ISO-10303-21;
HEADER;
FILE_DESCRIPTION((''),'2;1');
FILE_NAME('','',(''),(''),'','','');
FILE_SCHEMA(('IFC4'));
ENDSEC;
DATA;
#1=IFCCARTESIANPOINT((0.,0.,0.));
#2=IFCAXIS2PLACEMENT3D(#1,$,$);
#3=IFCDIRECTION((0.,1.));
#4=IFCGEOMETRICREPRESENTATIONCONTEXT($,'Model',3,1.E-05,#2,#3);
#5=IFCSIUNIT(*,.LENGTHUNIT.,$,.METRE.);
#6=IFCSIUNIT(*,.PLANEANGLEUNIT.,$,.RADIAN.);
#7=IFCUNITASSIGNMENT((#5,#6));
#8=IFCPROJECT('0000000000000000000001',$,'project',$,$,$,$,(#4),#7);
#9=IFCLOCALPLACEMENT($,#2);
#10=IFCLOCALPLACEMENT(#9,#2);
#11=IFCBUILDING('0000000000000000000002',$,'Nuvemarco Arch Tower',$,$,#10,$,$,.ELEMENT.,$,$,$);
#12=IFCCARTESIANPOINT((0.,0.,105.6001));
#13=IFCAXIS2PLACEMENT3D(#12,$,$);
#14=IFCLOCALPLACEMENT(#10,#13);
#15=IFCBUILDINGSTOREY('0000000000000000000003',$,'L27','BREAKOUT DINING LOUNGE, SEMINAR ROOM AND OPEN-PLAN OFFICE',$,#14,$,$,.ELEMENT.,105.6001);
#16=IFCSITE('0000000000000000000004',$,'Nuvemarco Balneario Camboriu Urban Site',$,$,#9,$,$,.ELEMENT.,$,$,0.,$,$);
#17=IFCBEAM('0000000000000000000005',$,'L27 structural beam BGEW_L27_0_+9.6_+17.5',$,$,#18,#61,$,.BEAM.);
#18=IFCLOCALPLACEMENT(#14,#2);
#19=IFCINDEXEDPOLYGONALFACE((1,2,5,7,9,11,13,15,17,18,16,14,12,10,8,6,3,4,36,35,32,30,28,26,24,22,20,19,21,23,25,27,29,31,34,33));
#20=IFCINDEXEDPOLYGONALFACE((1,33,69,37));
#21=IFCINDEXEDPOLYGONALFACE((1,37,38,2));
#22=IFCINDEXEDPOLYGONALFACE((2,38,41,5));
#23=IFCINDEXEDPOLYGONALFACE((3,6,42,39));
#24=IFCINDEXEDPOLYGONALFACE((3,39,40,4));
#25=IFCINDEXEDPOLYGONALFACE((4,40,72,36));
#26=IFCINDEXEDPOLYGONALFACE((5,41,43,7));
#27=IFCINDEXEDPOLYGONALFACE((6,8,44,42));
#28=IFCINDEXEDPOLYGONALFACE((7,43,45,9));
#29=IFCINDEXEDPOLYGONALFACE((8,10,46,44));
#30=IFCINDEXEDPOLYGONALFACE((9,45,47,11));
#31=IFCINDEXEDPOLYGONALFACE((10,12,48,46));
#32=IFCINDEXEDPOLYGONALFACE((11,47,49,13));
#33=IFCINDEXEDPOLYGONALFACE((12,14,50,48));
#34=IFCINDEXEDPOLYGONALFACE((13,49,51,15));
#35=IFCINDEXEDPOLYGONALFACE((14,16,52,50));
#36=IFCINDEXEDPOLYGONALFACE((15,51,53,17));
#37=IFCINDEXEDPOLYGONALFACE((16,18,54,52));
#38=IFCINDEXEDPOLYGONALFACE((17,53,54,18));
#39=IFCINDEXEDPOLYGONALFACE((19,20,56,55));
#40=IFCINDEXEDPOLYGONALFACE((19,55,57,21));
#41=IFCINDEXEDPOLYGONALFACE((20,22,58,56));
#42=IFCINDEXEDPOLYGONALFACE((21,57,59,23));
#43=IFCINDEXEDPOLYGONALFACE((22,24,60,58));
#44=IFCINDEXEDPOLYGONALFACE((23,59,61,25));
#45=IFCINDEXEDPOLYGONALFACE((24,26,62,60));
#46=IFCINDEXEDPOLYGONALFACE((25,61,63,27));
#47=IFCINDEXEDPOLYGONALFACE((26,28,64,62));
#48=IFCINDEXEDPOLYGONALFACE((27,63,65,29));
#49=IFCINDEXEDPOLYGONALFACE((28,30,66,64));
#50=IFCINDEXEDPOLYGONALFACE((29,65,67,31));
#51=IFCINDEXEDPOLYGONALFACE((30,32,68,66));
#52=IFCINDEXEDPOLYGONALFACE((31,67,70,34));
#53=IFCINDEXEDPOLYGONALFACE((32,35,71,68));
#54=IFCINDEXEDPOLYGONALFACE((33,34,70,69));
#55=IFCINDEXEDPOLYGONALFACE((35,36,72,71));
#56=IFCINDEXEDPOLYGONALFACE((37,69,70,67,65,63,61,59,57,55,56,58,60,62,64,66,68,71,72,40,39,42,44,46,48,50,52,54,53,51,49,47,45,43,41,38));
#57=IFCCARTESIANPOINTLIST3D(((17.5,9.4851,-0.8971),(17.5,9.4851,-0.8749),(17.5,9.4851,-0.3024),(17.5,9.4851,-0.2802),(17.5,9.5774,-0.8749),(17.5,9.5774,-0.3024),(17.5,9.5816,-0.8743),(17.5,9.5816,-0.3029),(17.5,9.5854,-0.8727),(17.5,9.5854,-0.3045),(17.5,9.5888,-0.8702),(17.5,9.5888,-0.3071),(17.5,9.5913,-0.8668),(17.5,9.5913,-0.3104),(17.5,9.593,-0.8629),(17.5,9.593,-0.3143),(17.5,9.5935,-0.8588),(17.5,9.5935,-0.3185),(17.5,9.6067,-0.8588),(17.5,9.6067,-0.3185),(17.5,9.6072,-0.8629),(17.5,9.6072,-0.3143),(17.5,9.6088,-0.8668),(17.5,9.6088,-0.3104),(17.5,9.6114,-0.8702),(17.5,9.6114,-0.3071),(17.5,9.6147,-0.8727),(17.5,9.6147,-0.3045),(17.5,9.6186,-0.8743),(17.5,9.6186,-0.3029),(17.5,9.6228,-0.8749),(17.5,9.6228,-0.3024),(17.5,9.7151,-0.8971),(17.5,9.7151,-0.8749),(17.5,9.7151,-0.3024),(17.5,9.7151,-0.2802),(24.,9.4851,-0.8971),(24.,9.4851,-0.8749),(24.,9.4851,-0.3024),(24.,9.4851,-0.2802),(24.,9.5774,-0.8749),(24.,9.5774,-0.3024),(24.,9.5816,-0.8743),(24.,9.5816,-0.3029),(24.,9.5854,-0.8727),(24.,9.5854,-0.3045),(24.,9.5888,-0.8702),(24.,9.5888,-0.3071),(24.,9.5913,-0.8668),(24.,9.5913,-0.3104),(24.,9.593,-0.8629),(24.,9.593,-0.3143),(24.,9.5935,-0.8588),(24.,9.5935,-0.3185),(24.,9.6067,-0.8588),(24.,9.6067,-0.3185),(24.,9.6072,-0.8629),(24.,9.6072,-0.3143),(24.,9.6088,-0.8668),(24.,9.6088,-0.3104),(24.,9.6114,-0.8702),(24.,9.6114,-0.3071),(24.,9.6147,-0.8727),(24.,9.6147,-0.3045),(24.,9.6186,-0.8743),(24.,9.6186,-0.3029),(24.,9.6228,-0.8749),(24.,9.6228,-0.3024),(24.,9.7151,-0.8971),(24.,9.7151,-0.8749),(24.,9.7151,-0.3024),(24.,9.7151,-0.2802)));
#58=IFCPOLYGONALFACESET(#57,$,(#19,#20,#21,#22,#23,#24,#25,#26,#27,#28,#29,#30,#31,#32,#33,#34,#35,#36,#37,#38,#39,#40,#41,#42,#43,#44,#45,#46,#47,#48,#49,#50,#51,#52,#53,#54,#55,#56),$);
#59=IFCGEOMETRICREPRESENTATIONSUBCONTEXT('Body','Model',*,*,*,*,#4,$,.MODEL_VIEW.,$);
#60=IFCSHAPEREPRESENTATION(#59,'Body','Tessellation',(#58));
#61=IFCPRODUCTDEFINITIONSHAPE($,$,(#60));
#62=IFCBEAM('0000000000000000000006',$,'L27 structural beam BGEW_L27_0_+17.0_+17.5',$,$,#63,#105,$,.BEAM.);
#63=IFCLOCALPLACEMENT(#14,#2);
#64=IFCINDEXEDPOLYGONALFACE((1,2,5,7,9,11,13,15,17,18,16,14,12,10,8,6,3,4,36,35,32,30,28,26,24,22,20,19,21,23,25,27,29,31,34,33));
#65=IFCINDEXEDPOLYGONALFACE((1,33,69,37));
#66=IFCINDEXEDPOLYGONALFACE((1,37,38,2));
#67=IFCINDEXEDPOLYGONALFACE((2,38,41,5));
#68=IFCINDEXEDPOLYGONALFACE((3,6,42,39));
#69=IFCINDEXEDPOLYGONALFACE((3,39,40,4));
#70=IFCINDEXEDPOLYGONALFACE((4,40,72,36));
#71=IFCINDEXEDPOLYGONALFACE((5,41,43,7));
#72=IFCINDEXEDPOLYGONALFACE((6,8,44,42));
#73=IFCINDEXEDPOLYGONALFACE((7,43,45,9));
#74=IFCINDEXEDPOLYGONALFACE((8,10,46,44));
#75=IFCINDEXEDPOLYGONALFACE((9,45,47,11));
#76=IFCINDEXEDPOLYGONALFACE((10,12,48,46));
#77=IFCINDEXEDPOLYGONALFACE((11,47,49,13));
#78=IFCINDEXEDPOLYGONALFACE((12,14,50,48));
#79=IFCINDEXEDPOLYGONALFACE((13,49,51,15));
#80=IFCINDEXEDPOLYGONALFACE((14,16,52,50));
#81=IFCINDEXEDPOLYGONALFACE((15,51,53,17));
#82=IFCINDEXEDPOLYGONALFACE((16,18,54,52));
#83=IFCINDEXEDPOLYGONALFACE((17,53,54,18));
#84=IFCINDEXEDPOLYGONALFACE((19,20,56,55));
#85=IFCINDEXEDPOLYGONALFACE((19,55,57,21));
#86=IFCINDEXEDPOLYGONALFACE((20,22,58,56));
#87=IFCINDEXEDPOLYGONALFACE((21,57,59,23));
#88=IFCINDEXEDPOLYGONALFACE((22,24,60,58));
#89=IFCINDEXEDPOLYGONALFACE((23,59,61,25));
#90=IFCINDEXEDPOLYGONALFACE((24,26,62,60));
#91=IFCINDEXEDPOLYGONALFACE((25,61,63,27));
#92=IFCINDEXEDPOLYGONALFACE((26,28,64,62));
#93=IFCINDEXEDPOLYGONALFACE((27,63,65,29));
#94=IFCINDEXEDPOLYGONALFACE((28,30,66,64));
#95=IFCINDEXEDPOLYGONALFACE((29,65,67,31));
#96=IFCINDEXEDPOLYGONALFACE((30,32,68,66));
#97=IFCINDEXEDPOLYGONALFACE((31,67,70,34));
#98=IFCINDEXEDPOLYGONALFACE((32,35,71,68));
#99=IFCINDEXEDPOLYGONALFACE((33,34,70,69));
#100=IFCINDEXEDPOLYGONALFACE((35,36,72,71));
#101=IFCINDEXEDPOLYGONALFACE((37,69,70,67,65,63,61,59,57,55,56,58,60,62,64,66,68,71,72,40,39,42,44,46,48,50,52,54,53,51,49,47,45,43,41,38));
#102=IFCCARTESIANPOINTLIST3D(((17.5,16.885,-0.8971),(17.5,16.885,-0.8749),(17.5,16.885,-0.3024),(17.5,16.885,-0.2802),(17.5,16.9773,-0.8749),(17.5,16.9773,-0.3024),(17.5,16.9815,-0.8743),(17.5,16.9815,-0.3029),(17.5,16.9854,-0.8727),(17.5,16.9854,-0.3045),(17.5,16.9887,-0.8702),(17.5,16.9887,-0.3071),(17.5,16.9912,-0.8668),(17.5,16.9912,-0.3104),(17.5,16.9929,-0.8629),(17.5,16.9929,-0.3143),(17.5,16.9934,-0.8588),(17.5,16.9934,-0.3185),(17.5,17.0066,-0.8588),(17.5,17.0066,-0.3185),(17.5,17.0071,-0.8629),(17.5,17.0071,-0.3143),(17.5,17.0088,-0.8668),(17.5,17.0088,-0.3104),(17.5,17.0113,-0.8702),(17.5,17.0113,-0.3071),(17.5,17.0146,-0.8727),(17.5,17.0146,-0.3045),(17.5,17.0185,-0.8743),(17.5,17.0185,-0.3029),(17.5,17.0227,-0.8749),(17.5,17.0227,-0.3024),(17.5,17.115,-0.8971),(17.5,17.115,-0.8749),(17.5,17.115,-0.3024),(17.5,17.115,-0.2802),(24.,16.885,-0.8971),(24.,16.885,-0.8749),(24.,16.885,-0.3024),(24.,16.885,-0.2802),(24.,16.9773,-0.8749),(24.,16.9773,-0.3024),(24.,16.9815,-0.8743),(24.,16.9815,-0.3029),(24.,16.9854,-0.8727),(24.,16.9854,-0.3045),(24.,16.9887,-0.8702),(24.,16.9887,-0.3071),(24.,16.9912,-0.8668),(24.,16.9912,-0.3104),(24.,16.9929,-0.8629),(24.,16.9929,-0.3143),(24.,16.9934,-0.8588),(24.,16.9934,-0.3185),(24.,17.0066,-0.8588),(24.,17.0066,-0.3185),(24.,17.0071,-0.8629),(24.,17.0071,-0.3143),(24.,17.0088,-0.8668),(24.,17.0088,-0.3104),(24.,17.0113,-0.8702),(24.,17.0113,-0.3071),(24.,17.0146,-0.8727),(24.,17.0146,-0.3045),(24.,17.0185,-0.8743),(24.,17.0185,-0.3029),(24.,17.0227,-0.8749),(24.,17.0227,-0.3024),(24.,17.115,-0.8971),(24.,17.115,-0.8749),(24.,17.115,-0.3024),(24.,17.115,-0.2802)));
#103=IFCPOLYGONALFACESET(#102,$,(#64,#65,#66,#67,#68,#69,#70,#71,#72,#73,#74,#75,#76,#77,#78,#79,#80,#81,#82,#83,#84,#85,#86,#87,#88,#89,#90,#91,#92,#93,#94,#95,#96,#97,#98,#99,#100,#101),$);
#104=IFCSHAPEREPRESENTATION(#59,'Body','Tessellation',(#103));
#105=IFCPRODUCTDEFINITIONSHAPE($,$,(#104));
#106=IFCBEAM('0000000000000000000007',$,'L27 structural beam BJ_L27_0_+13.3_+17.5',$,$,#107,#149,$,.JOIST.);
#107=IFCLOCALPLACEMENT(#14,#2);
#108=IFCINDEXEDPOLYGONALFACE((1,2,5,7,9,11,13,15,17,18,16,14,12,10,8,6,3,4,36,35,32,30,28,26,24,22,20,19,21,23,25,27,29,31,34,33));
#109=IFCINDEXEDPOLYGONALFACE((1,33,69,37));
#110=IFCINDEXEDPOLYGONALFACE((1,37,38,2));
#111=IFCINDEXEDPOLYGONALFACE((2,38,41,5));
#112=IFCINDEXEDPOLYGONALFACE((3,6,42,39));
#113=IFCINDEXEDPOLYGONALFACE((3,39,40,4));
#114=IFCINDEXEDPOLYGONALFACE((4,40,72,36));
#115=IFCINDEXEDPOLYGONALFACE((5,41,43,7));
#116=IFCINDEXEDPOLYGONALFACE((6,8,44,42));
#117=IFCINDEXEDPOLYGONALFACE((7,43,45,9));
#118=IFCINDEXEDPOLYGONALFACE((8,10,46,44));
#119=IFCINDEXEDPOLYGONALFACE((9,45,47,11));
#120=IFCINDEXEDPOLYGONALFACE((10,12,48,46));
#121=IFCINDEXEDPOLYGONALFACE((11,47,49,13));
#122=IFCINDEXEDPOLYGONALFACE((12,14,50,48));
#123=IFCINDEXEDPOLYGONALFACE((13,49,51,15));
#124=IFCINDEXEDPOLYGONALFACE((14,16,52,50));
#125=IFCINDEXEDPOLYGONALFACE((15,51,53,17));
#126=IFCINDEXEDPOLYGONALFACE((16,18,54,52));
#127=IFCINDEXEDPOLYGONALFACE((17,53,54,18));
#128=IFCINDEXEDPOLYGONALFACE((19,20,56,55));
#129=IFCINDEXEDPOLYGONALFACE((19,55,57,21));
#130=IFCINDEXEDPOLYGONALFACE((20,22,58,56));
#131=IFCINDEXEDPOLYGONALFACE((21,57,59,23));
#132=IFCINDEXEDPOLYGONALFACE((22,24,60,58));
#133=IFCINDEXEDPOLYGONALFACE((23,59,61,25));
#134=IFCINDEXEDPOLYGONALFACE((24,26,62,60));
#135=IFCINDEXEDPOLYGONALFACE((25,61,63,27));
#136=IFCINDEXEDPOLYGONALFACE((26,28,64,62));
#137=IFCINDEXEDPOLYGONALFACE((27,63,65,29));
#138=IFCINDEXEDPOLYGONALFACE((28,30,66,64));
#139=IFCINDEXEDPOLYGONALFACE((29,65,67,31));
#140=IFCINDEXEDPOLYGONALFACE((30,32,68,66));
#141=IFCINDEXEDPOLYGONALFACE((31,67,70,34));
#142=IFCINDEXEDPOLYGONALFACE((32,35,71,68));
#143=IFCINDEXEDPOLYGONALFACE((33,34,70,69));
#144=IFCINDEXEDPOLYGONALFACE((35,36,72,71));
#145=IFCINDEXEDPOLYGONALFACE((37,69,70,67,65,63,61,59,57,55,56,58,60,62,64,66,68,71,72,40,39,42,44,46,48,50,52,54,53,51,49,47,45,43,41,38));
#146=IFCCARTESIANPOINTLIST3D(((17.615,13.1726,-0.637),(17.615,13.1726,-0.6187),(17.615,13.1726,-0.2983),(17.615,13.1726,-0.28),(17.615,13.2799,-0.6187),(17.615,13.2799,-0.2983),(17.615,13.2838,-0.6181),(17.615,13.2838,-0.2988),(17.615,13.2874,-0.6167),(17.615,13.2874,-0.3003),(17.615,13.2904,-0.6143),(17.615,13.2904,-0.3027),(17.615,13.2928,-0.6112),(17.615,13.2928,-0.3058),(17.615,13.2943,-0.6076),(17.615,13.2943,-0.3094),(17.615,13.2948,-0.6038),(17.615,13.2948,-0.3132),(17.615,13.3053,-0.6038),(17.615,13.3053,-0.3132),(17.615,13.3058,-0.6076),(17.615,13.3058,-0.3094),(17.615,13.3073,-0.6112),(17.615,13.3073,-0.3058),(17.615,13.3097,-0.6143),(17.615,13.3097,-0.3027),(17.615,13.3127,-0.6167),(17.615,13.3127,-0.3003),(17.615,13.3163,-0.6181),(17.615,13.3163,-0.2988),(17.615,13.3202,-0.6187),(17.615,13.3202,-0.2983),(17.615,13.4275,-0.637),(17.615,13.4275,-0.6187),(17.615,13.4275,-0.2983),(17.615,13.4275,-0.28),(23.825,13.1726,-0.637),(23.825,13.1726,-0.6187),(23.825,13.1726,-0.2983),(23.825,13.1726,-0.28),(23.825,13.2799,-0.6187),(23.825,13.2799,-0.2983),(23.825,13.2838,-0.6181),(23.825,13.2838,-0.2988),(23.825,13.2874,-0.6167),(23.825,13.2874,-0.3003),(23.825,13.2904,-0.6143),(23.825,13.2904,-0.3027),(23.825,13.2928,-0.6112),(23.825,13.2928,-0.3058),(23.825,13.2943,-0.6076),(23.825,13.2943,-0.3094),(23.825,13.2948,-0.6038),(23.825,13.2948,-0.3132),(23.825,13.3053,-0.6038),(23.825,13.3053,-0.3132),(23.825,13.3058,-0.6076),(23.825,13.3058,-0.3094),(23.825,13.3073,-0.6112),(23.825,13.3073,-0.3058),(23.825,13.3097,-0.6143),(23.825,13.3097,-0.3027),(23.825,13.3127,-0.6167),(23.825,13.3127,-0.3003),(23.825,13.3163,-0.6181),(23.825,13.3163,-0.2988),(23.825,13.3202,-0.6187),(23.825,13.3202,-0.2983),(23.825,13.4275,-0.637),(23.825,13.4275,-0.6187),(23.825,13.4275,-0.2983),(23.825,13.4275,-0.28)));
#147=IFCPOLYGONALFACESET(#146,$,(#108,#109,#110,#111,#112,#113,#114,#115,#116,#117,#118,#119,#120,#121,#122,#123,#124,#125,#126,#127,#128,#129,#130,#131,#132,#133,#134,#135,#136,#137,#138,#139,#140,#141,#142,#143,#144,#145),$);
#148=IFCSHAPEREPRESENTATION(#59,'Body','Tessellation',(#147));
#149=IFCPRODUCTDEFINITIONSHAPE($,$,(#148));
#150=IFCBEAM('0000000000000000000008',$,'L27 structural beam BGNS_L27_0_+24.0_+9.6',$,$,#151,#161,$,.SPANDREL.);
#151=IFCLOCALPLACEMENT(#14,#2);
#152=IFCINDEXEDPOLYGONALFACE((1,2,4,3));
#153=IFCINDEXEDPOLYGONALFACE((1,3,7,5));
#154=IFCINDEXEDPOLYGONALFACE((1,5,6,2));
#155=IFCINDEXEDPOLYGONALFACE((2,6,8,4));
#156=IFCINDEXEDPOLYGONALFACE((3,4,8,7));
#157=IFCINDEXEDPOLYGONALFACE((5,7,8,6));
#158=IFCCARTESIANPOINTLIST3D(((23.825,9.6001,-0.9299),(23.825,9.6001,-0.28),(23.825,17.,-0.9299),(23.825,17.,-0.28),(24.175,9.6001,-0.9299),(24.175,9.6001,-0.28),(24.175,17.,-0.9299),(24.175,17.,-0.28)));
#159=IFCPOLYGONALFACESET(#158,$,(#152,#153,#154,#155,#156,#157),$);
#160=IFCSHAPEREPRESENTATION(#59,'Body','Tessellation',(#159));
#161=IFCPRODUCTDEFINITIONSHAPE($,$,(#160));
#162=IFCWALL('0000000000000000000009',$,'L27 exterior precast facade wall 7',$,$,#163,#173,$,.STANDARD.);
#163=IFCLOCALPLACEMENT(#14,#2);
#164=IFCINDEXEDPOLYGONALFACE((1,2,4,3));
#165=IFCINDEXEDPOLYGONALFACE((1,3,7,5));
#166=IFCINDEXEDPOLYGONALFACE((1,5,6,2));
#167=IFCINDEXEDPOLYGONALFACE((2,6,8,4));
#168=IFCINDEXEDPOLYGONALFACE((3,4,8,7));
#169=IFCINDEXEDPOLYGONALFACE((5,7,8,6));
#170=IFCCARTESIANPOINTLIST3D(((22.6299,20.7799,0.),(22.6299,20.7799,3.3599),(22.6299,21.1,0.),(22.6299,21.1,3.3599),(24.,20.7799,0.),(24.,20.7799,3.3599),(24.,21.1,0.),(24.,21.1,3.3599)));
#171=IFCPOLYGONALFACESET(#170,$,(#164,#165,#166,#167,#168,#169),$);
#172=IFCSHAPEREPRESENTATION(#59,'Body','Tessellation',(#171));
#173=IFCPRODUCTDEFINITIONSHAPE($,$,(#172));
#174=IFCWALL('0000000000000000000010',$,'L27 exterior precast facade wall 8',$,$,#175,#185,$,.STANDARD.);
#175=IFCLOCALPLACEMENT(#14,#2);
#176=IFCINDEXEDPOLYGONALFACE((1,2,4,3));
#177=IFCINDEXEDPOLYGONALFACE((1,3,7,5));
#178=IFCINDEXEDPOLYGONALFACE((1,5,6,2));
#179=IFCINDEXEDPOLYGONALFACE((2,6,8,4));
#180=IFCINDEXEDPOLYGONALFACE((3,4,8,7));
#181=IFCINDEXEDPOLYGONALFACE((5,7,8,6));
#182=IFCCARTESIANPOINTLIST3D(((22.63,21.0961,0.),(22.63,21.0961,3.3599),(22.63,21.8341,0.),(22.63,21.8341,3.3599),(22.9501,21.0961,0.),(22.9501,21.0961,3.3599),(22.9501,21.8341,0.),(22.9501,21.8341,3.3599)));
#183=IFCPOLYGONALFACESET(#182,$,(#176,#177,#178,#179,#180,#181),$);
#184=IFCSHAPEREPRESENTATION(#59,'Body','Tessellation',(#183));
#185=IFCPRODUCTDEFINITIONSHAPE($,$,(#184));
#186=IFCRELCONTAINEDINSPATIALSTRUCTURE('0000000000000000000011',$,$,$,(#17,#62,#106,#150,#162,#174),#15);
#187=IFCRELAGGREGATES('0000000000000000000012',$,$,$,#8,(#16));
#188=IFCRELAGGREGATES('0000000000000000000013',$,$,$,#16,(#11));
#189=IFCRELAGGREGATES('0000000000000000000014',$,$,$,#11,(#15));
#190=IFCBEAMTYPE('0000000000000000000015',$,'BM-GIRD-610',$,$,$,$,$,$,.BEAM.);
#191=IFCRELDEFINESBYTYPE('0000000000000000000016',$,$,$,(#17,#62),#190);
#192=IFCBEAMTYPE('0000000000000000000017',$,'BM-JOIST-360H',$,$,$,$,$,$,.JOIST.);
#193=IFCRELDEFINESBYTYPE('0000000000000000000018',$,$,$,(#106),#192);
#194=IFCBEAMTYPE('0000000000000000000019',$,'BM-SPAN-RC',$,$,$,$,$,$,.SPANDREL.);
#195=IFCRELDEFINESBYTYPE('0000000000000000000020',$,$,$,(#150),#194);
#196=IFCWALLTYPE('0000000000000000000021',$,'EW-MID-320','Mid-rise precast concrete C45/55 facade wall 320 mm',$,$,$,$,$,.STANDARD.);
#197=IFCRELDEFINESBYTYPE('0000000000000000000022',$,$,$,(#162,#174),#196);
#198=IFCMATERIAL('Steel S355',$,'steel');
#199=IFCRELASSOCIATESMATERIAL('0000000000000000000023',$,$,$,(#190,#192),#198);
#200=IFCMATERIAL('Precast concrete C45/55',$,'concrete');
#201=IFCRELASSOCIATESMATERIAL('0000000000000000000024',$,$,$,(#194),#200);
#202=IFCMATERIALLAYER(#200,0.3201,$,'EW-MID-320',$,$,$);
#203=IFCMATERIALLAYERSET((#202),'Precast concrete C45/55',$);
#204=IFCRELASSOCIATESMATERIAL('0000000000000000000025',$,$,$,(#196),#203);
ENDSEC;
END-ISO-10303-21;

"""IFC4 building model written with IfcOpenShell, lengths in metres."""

from ifc_helpers import new_model, si_unit, direction, frame, frame_2d, origin, origin_2d, place, context, subcontext, project, spatial, rectangle, i_section, extrude, material, layer, layer_set, material_profile, profile_set, type_object, element, save


model = new_model("IFC4")

# Units and contexts
model_context = context("Model", 3, precision=1e-05, world=origin(), true_north=direction((0.0, 1.0)))
body_context = subcontext(model_context, "Body", "Model", "MODEL_VIEW")
ifc_project = project(units=[si_unit("LENGTHUNIT", "METRE"), si_unit("PLANEANGLEUNIT", "RADIAN")], contexts=[model_context])

# Site, building, storey
site_placement = place(None, origin())
site = spatial("IfcSite", under=ifc_project, at=site_placement, Name="Nuvemarco Balneario Camboriu Urban Site", CompositionType="ELEMENT", RefElevation=0.0)
building_placement = place(site_placement, origin())
building = spatial("IfcBuilding", under=site, at=building_placement, Name="Nuvemarco Arch Tower", CompositionType="ELEMENT")
storey_placement = place(building_placement, frame((0.0, 0.0, 105.6001)))
storey = spatial("IfcBuildingStorey", under=building, at=storey_placement, Name="L27", Description="BREAKOUT DINING LOUNGE, SEMINAR ROOM AND OPEN-PLAN OFFICE", CompositionType="ELEMENT", Elevation=105.6001)

# Shared definitions
ifc_material_1 = material(Name="Steel S355", Category="steel")

# Beams
ifc_material_profile_1 = material_profile(ifc_material_1, i_section(OverallWidth=0.23, OverallDepth=0.6169, WebThickness=0.0132, FlangeThickness=0.0222, FilletRadius=0.0161, at=origin_2d()), Name="W610x140")
ifc_profile_set_1 = profile_set([ifc_material_profile_1], Name="Steel S355")
beam_type_1 = type_object("IfcBeamType", Name="BM-GIRD-610", PredefinedType="BEAM", material=ifc_profile_set_1)
for number, where, z_axis, x_axis, name in (
    (1, (17.5, 9.6001, -0.5886), (1.0, 0.0, 0.0), (0.0, 1.0, 0.0), "L27 structural beam BGEW_L27_0_+9.6_+17.5"),
    (2, (17.5, 17.0, -0.5886), (1.0, 0.0, 0.0), (0.0, 1.0, 0.0), "L27 structural beam BGEW_L27_0_+17.0_+17.5"),
):
    element("IfcBeam", number, at=place(storey_placement, frame(where, z_axis=z_axis, x_axis=x_axis)), inside=storey, type_object=beam_type_1, Name=name, PredefinedType="BEAM", context=body_context, shape_type="SweptSolid", body=[
        extrude(i_section(OverallWidth=0.23, OverallDepth=0.6169, WebThickness=0.0132, FlangeThickness=0.0222, FilletRadius=0.0161, at=origin_2d()), origin(), (0.0, 0.0, 1.0), 6.5),
    ])
ifc_material_profile_2 = material_profile(ifc_material_1, i_section(OverallWidth=0.2549, OverallDepth=0.3569, WebThickness=0.0105, FlangeThickness=0.0183, FilletRadius=0.0149, at=origin_2d()), Name="W360x101")
ifc_profile_set_2 = profile_set([ifc_material_profile_2], Name="Steel S355")
beam_type_2 = type_object("IfcBeamType", Name="BM-JOIST-360H", PredefinedType="JOIST", material=ifc_profile_set_2)
beam_1_placement = place(storey_placement, frame((17.615, 13.3, -0.4585), z_axis=(1.0, 0.0, 0.0), x_axis=(0.0, 1.0, 0.0)))
element("IfcBeam", 3, at=beam_1_placement, inside=storey, type_object=beam_type_2, Name="L27 structural beam BJ_L27_0_+13.3_+17.5", PredefinedType="JOIST", context=body_context, shape_type="SweptSolid", body=[
    extrude(i_section(OverallWidth=0.2549, OverallDepth=0.3569, WebThickness=0.0105, FlangeThickness=0.0183, FilletRadius=0.0149, at=origin_2d()), origin(), (0.0, 0.0, 1.0), 6.21),
])
ifc_material_2 = material(Name="Precast concrete C45/55", Category="concrete")
ifc_material_profile_3 = material_profile(ifc_material_2, rectangle(XDim=0.3501, YDim=0.6499, at=origin_2d()), Name="PC-SP-350x650")
ifc_profile_set_3 = profile_set([ifc_material_profile_3], Name="Precast concrete C45/55")
beam_type_3 = type_object("IfcBeamType", Name="BM-SPAN-RC", PredefinedType="SPANDREL", material=ifc_profile_set_3)
beam_2_placement = place(storey_placement, frame((24.0, 9.6001, -0.605), z_axis=(0.0, 1.0, 0.0), x_axis=(-1.0, 0.0, 0.0)))
element("IfcBeam", 4, at=beam_2_placement, inside=storey, type_object=beam_type_3, Name="L27 structural beam BGNS_L27_0_+24.0_+9.6", PredefinedType="SPANDREL", context=body_context, shape_type="SweptSolid", body=[
    extrude(rectangle(XDim=0.3501, YDim=0.6499, at=origin_2d()), origin(), (0.0, 0.0, 1.0), 7.3999),
])

# Walls
ifc_layer_1 = layer(ifc_material_2, 0.3201, Name="EW-MID-320")
ifc_layer_set_1 = layer_set([ifc_layer_1], Name="Precast concrete C45/55")
wall_type_1 = type_object("IfcWallType", Name="EW-MID-320", Description="Mid-rise precast concrete C45/55 facade wall 320 mm", PredefinedType="STANDARD", material=ifc_layer_set_1)
wall_1_placement = place(storey_placement, frame((22.6299, 20.9399, 0.0), z_axis=(0.0, 0.0, 1.0), x_axis=(1.0, 0.0, 0.0)))
element("IfcWall", 5, at=wall_1_placement, inside=storey, type_object=wall_type_1, Name="L27 exterior precast facade wall 7", PredefinedType="STANDARD", context=body_context, shape_type="SweptSolid", body=[
    extrude(rectangle(XDim=1.3701, YDim=0.3201, at=frame_2d((0.6851, 0.0))), origin(), (0.0, 0.0, 1.0), 3.3599),
])
wall_2_placement = place(storey_placement, frame((22.79, 21.0959, 0.0), z_axis=(0.0, 0.0, 1.0), x_axis=(0.0, 1.0, 0.0)))
element("IfcWall", 6, at=wall_2_placement, inside=storey, type_object=wall_type_1, Name="L27 exterior precast facade wall 8", PredefinedType="STANDARD", context=body_context, shape_type="SweptSolid", body=[
    extrude(rectangle(XDim=0.738, YDim=0.3201, at=frame_2d((0.3691, 0.0))), origin(), (0.0, 0.0, 1.0), 3.3599),
])

save(model, "model.ifc")
